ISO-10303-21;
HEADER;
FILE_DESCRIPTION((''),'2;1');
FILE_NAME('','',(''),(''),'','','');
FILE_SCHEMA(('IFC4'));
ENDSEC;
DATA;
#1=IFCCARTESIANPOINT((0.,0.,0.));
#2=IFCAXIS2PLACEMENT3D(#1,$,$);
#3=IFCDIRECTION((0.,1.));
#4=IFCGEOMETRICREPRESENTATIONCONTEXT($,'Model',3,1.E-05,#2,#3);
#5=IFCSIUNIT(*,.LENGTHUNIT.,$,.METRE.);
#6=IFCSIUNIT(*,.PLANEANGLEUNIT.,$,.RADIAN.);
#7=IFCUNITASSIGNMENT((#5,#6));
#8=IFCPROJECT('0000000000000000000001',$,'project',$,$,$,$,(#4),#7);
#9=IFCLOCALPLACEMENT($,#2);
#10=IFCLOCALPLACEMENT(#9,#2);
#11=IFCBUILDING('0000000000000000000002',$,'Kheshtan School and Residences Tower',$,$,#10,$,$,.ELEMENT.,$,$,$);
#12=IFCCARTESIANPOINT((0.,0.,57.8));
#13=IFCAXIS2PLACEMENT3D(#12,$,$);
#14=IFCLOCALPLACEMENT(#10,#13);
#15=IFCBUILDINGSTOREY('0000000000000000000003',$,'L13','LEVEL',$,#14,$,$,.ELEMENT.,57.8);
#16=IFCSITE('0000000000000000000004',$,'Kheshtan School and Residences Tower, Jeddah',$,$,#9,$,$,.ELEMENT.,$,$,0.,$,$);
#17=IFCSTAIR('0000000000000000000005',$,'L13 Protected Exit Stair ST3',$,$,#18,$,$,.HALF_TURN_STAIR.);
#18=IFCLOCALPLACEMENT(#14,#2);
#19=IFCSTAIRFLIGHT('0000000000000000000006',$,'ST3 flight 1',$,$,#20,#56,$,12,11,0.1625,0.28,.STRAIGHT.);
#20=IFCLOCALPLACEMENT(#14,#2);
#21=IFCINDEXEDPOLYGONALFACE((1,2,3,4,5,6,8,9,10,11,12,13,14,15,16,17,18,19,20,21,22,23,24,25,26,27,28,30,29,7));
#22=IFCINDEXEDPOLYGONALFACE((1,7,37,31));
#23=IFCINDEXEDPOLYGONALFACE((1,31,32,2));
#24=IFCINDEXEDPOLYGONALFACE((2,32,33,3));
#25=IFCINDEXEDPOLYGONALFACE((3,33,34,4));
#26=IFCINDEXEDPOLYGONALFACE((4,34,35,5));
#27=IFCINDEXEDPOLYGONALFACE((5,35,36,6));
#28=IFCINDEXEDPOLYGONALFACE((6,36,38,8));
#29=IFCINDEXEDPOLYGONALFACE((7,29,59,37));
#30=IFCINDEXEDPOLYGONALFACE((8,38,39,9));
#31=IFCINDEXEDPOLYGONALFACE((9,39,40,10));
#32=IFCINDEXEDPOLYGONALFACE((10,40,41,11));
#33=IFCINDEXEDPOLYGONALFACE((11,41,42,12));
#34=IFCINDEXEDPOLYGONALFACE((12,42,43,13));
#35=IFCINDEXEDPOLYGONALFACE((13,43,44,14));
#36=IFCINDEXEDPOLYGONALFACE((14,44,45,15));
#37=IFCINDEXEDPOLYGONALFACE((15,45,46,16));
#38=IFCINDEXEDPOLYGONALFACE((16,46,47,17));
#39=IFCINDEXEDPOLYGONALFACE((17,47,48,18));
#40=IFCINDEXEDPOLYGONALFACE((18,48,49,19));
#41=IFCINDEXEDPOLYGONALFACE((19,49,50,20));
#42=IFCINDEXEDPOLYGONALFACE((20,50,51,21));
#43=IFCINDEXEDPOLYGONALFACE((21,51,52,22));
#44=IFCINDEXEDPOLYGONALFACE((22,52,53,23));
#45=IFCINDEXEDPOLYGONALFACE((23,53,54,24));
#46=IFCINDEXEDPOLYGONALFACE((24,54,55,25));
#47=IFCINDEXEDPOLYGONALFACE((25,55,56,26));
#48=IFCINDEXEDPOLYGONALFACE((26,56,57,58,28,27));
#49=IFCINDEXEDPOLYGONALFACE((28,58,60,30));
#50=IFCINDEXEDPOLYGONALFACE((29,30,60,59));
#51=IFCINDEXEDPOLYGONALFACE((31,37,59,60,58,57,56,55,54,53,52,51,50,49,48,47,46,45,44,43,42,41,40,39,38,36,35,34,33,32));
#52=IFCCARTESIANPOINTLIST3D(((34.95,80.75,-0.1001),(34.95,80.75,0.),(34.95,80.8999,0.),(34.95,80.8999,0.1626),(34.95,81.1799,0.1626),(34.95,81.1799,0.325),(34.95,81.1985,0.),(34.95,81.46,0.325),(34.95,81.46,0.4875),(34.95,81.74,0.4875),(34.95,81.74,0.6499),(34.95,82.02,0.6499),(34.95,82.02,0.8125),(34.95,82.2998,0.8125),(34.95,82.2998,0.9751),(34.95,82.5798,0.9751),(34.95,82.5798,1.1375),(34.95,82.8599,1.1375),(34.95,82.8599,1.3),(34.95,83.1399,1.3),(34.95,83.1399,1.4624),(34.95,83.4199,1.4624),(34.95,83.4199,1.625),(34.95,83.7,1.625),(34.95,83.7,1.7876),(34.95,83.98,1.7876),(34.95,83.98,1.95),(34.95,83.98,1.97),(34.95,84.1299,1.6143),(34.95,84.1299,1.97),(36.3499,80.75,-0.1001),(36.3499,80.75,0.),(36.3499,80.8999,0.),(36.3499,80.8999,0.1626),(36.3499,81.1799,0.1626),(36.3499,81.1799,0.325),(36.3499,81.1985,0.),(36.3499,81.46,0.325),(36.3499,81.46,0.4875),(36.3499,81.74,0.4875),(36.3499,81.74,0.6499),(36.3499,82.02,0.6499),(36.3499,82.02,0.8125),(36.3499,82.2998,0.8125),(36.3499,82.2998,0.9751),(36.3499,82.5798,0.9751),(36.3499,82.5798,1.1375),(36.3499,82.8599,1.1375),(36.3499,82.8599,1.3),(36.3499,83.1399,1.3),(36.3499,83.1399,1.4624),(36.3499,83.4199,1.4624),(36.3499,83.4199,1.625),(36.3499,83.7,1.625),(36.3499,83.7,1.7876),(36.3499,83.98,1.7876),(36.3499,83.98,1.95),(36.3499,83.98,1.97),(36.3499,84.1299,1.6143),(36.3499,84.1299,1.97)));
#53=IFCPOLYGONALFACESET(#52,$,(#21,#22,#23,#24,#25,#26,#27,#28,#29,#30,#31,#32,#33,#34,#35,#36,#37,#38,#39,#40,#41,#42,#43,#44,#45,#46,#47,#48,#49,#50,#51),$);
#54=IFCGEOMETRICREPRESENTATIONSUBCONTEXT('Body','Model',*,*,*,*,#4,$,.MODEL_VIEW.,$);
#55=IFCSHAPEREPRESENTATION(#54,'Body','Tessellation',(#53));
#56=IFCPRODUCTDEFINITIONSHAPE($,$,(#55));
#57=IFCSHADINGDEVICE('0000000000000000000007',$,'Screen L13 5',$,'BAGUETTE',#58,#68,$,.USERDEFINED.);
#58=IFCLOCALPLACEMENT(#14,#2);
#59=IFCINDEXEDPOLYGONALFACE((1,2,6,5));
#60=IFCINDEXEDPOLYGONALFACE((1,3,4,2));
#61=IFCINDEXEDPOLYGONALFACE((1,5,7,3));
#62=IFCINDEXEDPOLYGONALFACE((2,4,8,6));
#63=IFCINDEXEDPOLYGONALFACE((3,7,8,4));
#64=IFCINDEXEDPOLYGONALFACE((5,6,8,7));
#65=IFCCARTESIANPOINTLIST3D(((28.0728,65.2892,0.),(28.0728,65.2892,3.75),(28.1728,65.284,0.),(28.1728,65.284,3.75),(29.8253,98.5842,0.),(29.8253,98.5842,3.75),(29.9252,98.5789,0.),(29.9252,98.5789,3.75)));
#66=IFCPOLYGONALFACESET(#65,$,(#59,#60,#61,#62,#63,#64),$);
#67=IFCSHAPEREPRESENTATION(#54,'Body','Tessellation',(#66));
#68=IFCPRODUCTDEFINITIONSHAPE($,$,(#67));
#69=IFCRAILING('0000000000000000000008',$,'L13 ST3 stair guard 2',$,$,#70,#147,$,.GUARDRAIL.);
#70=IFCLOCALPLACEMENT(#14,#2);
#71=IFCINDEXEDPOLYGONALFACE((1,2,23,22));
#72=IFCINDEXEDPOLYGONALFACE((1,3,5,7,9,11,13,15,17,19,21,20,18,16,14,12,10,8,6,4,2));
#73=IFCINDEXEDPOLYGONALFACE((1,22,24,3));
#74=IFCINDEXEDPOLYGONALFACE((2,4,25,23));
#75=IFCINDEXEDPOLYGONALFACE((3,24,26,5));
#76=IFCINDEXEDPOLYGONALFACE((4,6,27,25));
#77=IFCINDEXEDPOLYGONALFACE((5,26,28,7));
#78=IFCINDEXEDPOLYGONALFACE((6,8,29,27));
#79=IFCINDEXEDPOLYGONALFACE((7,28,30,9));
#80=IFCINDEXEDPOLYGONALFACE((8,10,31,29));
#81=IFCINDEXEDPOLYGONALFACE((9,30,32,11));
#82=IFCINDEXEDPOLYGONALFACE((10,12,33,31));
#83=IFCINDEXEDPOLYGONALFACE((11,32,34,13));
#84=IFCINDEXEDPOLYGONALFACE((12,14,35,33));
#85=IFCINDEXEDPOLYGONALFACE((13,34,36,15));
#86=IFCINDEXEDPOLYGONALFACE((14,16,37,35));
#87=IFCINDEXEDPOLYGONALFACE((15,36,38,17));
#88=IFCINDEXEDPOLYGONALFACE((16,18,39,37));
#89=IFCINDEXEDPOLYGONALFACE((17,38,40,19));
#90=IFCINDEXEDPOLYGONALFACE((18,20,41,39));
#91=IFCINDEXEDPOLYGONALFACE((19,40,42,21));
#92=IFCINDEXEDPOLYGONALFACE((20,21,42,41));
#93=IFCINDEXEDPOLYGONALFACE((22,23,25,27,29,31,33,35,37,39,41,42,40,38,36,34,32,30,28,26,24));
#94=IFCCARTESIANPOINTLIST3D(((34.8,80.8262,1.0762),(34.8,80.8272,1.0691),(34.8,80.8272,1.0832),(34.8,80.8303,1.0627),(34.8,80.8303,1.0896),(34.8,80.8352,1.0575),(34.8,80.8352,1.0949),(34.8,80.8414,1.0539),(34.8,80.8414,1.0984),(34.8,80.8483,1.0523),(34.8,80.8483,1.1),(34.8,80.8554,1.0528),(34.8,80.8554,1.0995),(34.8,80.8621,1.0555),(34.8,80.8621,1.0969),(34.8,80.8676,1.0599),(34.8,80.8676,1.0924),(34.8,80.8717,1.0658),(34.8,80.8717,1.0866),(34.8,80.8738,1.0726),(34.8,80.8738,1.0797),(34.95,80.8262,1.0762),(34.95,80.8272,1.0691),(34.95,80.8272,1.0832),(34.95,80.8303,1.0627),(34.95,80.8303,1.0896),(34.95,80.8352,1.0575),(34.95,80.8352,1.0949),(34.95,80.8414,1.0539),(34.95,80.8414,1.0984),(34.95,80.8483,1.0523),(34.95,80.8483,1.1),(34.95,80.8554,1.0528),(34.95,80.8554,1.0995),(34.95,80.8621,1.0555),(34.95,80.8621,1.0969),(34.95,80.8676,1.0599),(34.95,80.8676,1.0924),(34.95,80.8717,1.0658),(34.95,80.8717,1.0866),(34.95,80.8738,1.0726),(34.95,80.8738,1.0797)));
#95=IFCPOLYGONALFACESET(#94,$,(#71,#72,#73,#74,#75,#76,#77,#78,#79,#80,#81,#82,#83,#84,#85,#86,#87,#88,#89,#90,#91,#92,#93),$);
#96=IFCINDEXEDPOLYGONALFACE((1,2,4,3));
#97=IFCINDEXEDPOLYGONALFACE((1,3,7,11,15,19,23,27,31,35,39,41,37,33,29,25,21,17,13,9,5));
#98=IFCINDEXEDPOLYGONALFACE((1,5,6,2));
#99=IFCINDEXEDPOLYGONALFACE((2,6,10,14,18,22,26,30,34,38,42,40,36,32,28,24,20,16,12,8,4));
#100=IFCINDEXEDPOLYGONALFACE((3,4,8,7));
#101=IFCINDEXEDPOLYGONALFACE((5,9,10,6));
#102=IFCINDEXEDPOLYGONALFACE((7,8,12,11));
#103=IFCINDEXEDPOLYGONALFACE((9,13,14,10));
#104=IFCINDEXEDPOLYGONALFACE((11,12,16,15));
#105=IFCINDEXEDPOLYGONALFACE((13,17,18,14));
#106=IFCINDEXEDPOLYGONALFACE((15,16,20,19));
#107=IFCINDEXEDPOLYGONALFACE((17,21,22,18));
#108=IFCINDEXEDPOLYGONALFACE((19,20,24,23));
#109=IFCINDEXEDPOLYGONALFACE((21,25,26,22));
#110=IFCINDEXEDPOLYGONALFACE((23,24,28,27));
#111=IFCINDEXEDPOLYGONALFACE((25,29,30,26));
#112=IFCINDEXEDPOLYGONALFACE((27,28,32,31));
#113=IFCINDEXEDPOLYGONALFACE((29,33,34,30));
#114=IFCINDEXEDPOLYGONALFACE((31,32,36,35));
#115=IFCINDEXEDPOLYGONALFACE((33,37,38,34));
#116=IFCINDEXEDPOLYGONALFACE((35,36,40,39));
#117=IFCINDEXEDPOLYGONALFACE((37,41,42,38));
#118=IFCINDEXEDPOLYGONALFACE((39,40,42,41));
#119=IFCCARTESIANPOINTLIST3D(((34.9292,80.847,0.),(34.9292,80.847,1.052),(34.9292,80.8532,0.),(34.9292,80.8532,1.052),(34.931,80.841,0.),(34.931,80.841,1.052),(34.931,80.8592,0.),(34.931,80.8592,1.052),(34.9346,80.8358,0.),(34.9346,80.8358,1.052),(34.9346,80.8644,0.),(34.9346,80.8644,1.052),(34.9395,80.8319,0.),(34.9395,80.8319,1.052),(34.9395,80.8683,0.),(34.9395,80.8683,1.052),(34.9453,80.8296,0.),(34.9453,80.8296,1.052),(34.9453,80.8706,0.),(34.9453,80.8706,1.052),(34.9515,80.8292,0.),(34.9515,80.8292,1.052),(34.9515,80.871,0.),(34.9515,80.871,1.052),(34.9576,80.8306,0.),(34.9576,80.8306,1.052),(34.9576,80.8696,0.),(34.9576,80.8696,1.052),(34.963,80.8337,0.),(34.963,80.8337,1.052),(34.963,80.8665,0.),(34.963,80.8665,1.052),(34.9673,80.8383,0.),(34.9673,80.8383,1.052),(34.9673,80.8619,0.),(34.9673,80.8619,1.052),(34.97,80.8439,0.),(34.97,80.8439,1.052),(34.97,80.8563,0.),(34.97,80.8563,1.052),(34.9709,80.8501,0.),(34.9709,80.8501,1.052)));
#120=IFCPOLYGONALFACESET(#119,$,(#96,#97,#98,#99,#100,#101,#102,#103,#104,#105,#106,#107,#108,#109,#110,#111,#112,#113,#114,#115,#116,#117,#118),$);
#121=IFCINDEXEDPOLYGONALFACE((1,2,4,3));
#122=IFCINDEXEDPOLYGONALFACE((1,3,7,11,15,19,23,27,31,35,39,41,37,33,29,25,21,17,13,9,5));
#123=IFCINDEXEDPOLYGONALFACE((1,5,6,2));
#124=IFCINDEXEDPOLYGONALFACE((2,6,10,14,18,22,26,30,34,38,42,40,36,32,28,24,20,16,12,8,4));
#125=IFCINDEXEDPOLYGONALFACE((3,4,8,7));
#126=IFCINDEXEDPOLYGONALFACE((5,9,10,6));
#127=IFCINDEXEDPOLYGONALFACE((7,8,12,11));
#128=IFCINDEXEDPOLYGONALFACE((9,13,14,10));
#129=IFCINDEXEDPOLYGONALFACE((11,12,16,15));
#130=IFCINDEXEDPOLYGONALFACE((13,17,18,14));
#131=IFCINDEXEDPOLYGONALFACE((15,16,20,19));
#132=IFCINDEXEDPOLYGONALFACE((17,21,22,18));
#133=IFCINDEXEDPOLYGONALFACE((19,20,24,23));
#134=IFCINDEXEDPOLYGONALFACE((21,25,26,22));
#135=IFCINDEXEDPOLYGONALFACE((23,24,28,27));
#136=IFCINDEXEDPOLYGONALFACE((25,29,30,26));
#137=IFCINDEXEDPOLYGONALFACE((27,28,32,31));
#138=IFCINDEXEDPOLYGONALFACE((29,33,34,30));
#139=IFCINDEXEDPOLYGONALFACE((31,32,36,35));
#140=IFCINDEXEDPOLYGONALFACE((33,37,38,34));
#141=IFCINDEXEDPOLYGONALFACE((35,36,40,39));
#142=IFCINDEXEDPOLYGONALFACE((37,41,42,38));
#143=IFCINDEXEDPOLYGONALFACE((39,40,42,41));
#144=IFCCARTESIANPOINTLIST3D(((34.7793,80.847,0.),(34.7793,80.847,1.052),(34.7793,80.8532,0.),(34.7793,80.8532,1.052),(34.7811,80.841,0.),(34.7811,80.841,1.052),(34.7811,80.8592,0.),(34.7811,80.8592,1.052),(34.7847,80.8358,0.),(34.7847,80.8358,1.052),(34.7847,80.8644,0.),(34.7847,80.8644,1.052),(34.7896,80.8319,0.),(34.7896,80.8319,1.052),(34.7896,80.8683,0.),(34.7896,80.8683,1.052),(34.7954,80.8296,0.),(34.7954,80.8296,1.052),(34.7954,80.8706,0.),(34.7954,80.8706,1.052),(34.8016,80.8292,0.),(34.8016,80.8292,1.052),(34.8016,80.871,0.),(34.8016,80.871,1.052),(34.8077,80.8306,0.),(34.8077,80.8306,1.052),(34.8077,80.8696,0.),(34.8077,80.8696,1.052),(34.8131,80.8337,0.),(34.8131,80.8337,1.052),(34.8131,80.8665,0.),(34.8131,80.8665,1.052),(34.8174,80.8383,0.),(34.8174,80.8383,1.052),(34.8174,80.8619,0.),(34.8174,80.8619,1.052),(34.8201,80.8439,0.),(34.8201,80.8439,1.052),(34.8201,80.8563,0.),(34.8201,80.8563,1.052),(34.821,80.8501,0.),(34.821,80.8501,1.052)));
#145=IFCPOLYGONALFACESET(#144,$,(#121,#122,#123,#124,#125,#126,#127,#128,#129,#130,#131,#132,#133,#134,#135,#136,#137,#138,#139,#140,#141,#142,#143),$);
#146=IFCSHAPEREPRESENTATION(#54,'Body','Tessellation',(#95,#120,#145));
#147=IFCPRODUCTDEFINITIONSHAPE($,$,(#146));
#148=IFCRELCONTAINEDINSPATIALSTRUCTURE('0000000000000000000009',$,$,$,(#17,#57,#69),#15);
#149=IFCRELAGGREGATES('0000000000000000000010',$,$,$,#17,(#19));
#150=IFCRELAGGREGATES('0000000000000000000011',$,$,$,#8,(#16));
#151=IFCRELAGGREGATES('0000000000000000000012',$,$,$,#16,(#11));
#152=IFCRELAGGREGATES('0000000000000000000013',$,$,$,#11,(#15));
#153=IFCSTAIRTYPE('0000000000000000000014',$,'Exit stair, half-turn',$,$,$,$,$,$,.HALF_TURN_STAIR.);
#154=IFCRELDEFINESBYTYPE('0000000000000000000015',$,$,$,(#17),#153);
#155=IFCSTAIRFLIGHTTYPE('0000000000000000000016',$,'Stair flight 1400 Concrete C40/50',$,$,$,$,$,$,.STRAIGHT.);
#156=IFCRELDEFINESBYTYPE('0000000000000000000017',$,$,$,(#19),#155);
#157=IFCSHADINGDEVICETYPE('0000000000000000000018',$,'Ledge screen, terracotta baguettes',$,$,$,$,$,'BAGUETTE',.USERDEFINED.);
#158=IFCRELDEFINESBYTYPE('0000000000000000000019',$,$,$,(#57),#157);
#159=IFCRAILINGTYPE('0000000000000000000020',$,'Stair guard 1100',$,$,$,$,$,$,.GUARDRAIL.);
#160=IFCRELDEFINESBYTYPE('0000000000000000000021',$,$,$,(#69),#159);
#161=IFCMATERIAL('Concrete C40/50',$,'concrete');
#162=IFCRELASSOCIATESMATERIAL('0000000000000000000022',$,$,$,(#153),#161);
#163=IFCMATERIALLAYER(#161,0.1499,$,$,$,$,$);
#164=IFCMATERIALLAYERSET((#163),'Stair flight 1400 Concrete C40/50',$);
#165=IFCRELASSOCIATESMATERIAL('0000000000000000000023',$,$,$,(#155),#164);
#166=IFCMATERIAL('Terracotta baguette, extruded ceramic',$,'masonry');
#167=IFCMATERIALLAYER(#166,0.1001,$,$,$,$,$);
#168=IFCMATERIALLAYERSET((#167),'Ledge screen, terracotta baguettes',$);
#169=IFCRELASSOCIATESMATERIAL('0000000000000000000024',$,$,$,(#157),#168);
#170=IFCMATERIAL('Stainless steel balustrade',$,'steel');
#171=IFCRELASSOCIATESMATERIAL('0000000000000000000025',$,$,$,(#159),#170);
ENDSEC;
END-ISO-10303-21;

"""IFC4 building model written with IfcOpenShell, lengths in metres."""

from ifc_helpers import new_model, si_unit, direction, frame, origin, origin_2d, place, context, subcontext, project, spatial, polyline, rectangle, circle, outline, extrude, material, layer, layer_set, type_object, element, aggregate, save


model = new_model("IFC4")

# Units and contexts
model_context = context("Model", 3, precision=1e-05, world=origin(), true_north=direction((0.0, 1.0)))
body_context = subcontext(model_context, "Body", "Model", "MODEL_VIEW")
ifc_project = project(units=[si_unit("LENGTHUNIT", "METRE"), si_unit("PLANEANGLEUNIT", "RADIAN")], contexts=[model_context])

# Site, building, storey
site_placement = place(None, origin())
site = spatial("IfcSite", under=ifc_project, at=site_placement, Name="Kheshtan School and Residences Tower, Jeddah", CompositionType="ELEMENT", RefElevation=0.0)
building_placement = place(site_placement, origin())
building = spatial("IfcBuilding", under=site, at=building_placement, Name="Kheshtan School and Residences Tower", CompositionType="ELEMENT")
storey_placement = place(building_placement, frame((0.0, 0.0, 57.8)))
storey = spatial("IfcBuildingStorey", under=building, at=storey_placement, Name="L13", Description="LEVEL", CompositionType="ELEMENT", Elevation=57.8)

# Shared definitions
ifc_material_1 = material(Name="Concrete C40/50", Category="concrete")

# Stair, stair flight
stair_type = type_object("IfcStairType", Name="Exit stair, half-turn", PredefinedType="HALF_TURN_STAIR", material=ifc_material_1)
stair_placement = place(storey_placement, origin())
stair = element("IfcStair", 1, at=stair_placement, inside=storey, type_object=stair_type, Name="L13 Protected Exit Stair ST3", PredefinedType="HALF_TURN_STAIR")
ifc_layer_1 = layer(ifc_material_1, 0.1499)
ifc_layer_set_1 = layer_set([ifc_layer_1], Name="Stair flight 1400 Concrete C40/50")
stair_flight_type = type_object("IfcStairFlightType", Name="Stair flight 1400 Concrete C40/50", PredefinedType="STRAIGHT", material=ifc_layer_set_1)
stair_flight_placement = place(storey_placement, frame((35.6499, 80.8999, 0.0), z_axis=(0.0, 0.0, 1.0), x_axis=(0.0, 1.0, 0.0)))
stair_flight = element("IfcStairFlight", 2, at=stair_flight_placement, type_object=stair_flight_type, Name="ST3 flight 1", NumberOfRisers=12, NumberOfTreads=11, PredefinedType="STRAIGHT", RiserHeight=0.1625, TreadLength=0.28, context=body_context, shape_type="SweptSolid", body=[
    extrude(outline(polyline([(-0.1499, -0.1001), (-0.1499, 0.0), (0.0, 0.0), (0.0, 0.1626), (0.28, 0.1626), (0.28, 0.325), (0.5601, 0.325), (0.5601, 0.4875), (0.8401, 0.4875), (0.8401, 0.6499), (1.1201, 0.6499), (1.1201, 0.8125), (1.3999, 0.8125), (1.3999, 0.9751), (1.6799, 0.9751), (1.6799, 1.1375), (1.96, 1.1375), (1.96, 1.3), (2.24, 1.3), (2.24, 1.4624), (2.52, 1.4624), (2.52, 1.625), (2.8, 1.625), (2.8, 1.7876), (3.0801, 1.7876), (3.0801, 1.95), (3.0801, 1.97), (3.23, 1.97), (3.23, 1.6143), (0.2986, 0.0), (-0.1499, -0.1001)])), frame((0.0, 0.7, 0.0), z_axis=(0.0, -1.0, 0.0), x_axis=(1.0, 0.0, 0.0)), (0.0, 0.0, 1.0), 1.3999),
])
aggregate(stair, [stair_flight])

# Shading device
ifc_material_2 = material(Name="Terracotta baguette, extruded ceramic", Category="masonry")
ifc_layer_2 = layer(ifc_material_2, 0.1001)
ifc_layer_set_2 = layer_set([ifc_layer_2], Name="Ledge screen, terracotta baguettes")
shading_device_type = type_object("IfcShadingDeviceType", Name="Ledge screen, terracotta baguettes", ElementType="BAGUETTE", PredefinedType="USERDEFINED", material=ifc_layer_set_2)
shading_device_placement = place(storey_placement, frame((28.999, 81.9341, 0.0), z_axis=(0.0, 0.0, 1.0), x_axis=(0.052563, 0.998618, 0.0)))
element("IfcShadingDevice", 3, at=shading_device_placement, inside=storey, type_object=shading_device_type, Name="Screen L13 5", ObjectType="BAGUETTE", PredefinedType="USERDEFINED", context=body_context, shape_type="SweptSolid", body=[
    extrude(rectangle(XDim=33.3411, YDim=0.1001, at=origin_2d()), origin(), (0.0, 0.0, 1.0), 3.75),
])

# Railing
ifc_material_3 = material(Name="Stainless steel balustrade", Category="steel")
railing_type_1 = type_object("IfcRailingType", Name="Stair guard 1100", PredefinedType="GUARDRAIL", material=ifc_material_3)
railing_1_placement = place(storey_placement, frame((34.95, 80.8501, 0.0)))
element("IfcRailing", 4, at=railing_1_placement, inside=storey, type_object=railing_type_1, Name="L13 ST3 stair guard 2", PredefinedType="GUARDRAIL", context=body_context, shape_type="SweptSolid", body=[
    extrude(circle(Radius=0.0239, at=origin_2d()), frame((0.0, 0.0, 1.0762), z_axis=(-1.0, 0.0, 0.0), x_axis=(0.0, -1.0, 0.0)), (0.0, 0.0, 1.0), 0.1499),
    extrude(circle(Radius=0.021, at=origin_2d()), origin(), (0.0, 0.0, 1.0), 1.052),
    extrude(circle(Radius=0.021, at=origin_2d()), frame((-0.1499, 0.0, 0.0)), (0.0, 0.0, 1.0), 1.052),
])

save(model, "model.ifc")
